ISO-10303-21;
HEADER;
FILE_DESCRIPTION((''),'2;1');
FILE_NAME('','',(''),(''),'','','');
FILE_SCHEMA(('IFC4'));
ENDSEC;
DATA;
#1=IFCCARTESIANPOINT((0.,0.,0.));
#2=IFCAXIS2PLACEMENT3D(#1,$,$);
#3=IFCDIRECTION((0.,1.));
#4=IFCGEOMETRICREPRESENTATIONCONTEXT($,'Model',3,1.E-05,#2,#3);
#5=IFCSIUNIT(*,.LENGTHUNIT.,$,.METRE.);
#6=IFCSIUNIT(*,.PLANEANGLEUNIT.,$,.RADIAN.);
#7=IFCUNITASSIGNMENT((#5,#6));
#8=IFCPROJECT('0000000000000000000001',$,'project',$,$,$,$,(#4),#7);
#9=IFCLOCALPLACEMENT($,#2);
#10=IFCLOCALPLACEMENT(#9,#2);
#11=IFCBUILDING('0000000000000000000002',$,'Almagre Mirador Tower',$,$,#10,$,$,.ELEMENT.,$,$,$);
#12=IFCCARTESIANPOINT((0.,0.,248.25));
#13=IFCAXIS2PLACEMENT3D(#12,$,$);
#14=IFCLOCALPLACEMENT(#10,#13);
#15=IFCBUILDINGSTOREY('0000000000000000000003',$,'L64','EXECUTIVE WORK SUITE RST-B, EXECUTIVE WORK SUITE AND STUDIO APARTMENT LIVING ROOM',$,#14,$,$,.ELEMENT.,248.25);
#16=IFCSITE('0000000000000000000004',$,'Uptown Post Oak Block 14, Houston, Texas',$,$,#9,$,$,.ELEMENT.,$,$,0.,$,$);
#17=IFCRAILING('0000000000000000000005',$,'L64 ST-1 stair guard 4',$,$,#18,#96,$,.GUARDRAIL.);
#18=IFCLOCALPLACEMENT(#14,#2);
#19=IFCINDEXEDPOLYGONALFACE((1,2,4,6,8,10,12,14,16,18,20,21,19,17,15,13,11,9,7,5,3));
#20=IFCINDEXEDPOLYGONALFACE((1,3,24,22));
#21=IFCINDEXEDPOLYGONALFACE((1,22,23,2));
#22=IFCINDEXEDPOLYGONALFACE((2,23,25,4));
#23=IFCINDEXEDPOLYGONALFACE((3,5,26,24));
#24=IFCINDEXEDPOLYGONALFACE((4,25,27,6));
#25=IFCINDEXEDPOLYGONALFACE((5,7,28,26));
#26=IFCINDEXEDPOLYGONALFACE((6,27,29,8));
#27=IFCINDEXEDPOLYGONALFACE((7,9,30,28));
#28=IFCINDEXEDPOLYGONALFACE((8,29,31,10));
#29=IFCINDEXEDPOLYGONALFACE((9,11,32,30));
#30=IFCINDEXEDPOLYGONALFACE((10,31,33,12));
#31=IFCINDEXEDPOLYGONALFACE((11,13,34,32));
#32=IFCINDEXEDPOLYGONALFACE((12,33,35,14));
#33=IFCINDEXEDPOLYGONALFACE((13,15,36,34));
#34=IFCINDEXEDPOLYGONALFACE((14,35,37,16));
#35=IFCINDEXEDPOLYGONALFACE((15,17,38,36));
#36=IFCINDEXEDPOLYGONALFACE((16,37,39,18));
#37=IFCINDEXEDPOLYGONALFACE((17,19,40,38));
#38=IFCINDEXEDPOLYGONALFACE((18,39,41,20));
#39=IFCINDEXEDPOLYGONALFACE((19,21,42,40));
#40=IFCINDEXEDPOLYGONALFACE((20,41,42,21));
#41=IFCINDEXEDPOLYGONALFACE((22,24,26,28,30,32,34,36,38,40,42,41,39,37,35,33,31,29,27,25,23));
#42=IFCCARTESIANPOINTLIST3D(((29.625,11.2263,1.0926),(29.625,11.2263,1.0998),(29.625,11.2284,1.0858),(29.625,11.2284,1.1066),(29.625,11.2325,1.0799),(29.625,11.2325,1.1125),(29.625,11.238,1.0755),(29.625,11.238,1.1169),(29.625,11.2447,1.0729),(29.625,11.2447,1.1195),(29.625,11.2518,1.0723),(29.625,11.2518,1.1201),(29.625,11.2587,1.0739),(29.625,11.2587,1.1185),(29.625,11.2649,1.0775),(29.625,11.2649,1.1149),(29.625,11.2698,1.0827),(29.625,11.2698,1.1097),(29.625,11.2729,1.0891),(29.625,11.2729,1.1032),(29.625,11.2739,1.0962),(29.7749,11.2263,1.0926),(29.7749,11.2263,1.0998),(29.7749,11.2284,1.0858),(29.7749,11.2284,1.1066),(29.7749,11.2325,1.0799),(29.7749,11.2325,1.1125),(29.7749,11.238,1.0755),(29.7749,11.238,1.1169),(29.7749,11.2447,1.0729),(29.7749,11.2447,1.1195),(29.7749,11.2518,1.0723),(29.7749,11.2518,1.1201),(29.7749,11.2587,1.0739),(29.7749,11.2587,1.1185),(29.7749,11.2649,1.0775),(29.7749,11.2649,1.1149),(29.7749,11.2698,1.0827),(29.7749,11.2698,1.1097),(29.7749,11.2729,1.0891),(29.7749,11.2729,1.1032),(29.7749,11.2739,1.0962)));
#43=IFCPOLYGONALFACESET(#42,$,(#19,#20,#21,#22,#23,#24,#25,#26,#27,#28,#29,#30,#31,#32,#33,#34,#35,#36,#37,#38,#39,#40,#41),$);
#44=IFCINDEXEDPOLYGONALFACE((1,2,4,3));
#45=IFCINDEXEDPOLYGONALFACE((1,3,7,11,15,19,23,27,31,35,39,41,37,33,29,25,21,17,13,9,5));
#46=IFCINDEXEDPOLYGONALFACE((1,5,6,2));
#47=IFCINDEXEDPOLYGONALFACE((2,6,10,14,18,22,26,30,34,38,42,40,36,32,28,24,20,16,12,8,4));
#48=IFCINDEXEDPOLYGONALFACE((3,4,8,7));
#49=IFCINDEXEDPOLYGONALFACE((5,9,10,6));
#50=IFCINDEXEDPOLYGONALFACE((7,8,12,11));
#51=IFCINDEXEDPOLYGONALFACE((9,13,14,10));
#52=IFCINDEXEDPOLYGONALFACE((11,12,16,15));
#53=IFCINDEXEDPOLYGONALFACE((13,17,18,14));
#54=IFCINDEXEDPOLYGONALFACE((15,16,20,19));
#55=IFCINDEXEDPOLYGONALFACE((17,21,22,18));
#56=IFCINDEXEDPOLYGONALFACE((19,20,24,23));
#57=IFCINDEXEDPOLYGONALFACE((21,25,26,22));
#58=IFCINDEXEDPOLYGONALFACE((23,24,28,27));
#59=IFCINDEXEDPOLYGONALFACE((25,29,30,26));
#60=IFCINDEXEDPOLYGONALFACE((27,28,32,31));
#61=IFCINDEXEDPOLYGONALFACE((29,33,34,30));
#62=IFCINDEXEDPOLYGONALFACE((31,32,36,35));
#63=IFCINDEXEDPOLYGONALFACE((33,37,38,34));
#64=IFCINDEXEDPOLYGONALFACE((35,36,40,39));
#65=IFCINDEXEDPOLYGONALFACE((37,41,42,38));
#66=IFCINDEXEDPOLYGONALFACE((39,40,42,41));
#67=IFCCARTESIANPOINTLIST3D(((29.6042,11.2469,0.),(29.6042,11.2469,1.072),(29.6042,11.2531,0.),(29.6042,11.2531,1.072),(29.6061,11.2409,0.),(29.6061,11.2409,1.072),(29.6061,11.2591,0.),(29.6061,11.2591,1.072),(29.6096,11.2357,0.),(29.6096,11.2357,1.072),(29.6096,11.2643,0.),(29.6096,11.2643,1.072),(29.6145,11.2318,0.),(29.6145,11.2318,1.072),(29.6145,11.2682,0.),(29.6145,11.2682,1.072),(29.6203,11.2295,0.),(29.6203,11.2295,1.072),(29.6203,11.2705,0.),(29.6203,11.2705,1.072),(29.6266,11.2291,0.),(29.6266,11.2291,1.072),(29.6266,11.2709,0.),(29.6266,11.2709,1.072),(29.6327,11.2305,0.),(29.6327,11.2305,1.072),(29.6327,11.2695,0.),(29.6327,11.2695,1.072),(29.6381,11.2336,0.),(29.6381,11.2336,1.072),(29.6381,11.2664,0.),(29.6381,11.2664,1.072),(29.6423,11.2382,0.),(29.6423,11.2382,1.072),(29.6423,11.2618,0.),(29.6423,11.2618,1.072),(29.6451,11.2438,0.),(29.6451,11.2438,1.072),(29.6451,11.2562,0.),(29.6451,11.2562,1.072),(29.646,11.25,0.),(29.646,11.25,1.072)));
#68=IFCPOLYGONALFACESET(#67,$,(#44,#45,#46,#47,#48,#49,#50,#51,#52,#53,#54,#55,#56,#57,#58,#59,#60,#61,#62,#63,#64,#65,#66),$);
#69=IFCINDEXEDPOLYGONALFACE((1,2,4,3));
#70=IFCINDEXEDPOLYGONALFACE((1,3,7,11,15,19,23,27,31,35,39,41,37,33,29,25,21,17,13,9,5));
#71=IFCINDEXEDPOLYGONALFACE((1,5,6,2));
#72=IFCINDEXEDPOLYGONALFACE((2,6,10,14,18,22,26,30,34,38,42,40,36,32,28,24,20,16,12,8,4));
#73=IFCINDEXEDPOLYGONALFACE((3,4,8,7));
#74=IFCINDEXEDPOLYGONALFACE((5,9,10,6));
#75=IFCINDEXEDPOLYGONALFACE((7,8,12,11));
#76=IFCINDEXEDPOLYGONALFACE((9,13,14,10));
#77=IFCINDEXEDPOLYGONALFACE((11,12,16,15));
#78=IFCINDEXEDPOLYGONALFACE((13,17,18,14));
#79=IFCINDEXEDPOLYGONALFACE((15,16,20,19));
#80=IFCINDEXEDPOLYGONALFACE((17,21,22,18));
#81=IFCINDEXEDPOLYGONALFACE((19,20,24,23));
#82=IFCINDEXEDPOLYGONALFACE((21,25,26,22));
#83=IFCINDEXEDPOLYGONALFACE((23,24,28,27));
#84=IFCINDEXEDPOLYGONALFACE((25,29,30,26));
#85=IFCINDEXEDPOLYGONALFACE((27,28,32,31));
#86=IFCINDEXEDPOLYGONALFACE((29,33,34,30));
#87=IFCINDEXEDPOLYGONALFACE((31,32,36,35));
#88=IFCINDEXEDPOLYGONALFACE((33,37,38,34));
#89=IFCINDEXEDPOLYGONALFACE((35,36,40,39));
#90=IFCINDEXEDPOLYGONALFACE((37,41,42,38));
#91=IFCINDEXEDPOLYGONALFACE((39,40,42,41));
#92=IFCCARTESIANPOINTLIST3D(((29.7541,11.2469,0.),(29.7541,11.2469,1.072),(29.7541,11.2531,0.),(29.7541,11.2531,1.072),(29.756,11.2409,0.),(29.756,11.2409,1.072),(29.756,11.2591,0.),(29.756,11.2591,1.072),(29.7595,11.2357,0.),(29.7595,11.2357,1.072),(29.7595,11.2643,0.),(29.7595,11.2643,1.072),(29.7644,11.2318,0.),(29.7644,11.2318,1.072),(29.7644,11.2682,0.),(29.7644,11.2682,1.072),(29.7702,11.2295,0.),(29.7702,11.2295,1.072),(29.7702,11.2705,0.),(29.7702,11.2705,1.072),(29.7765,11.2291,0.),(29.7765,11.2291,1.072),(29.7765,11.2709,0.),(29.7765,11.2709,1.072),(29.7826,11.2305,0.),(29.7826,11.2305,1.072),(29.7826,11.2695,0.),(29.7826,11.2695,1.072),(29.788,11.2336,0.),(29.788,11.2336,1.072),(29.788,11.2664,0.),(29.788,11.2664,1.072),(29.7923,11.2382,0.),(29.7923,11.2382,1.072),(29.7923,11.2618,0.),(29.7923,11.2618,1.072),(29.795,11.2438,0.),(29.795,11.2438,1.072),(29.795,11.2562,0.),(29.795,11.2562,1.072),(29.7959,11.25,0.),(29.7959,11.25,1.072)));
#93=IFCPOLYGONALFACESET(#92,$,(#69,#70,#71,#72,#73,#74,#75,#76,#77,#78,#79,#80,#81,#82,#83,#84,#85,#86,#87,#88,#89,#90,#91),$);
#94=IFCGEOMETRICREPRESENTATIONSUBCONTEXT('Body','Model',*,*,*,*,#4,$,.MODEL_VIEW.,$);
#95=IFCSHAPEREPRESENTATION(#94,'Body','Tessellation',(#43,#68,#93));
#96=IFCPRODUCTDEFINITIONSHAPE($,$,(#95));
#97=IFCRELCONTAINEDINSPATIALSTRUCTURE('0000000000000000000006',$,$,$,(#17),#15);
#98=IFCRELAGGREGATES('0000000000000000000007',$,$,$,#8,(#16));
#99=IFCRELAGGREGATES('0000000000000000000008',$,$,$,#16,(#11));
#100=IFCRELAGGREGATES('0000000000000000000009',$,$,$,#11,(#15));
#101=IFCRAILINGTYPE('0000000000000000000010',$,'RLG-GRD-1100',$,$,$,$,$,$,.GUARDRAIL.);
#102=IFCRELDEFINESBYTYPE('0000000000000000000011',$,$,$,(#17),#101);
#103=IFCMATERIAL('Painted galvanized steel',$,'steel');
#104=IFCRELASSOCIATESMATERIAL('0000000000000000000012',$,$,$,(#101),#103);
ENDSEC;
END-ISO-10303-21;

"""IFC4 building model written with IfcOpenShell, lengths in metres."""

from ifc_helpers import new_model, si_unit, direction, frame, origin, origin_2d, place, context, subcontext, project, spatial, circle, extrude, material, type_object, element, save


model = new_model("IFC4")

# Units and contexts
model_context = context("Model", 3, precision=1e-05, world=origin(), true_north=direction((0.0, 1.0)))
body_context = subcontext(model_context, "Body", "Model", "MODEL_VIEW")
ifc_project = project(units=[si_unit("LENGTHUNIT", "METRE"), si_unit("PLANEANGLEUNIT", "RADIAN")], contexts=[model_context])

# Site, building, storey
site_placement = place(None, origin())
site = spatial("IfcSite", under=ifc_project, at=site_placement, Name="Uptown Post Oak Block 14, Houston, Texas", CompositionType="ELEMENT", RefElevation=0.0)
building_placement = place(site_placement, origin())
building = spatial("IfcBuilding", under=site, at=building_placement, Name="Almagre Mirador Tower", CompositionType="ELEMENT")
storey_placement = place(building_placement, frame((0.0, 0.0, 248.25)))
storey = spatial("IfcBuildingStorey", under=building, at=storey_placement, Name="L64", Description="EXECUTIVE WORK SUITE RST-B, EXECUTIVE WORK SUITE AND STUDIO APARTMENT LIVING ROOM", CompositionType="ELEMENT", Elevation=248.25)

# Railing
ifc_material_1 = material(Name="Painted galvanized steel", Category="steel")
railing_type_1 = type_object("IfcRailingType", Name="RLG-GRD-1100", PredefinedType="GUARDRAIL", material=ifc_material_1)
railing_1_placement = place(storey_placement, frame((29.625, 11.25, 0.0)))
element("IfcRailing", 1, at=railing_1_placement, inside=storey, type_object=railing_type_1, Name="L64 ST-1 stair guard 4", PredefinedType="GUARDRAIL", context=body_context, shape_type="SweptSolid", body=[
    extrude(circle(Radius=0.0239, at=origin_2d()), frame((0.0, 0.0, 1.0962), z_axis=(1.0, 0.0, 0.0), x_axis=(0.0, 1.0, 0.0)), (0.0, 0.0, 1.0), 0.1499),
    extrude(circle(Radius=0.021, at=origin_2d()), origin(), (0.0, 0.0, 1.0), 1.072),
    extrude(circle(Radius=0.021, at=origin_2d()), frame((0.1499, 0.0, 0.0)), (0.0, 0.0, 1.0), 1.072),
])

save(model, "model.ifc")
